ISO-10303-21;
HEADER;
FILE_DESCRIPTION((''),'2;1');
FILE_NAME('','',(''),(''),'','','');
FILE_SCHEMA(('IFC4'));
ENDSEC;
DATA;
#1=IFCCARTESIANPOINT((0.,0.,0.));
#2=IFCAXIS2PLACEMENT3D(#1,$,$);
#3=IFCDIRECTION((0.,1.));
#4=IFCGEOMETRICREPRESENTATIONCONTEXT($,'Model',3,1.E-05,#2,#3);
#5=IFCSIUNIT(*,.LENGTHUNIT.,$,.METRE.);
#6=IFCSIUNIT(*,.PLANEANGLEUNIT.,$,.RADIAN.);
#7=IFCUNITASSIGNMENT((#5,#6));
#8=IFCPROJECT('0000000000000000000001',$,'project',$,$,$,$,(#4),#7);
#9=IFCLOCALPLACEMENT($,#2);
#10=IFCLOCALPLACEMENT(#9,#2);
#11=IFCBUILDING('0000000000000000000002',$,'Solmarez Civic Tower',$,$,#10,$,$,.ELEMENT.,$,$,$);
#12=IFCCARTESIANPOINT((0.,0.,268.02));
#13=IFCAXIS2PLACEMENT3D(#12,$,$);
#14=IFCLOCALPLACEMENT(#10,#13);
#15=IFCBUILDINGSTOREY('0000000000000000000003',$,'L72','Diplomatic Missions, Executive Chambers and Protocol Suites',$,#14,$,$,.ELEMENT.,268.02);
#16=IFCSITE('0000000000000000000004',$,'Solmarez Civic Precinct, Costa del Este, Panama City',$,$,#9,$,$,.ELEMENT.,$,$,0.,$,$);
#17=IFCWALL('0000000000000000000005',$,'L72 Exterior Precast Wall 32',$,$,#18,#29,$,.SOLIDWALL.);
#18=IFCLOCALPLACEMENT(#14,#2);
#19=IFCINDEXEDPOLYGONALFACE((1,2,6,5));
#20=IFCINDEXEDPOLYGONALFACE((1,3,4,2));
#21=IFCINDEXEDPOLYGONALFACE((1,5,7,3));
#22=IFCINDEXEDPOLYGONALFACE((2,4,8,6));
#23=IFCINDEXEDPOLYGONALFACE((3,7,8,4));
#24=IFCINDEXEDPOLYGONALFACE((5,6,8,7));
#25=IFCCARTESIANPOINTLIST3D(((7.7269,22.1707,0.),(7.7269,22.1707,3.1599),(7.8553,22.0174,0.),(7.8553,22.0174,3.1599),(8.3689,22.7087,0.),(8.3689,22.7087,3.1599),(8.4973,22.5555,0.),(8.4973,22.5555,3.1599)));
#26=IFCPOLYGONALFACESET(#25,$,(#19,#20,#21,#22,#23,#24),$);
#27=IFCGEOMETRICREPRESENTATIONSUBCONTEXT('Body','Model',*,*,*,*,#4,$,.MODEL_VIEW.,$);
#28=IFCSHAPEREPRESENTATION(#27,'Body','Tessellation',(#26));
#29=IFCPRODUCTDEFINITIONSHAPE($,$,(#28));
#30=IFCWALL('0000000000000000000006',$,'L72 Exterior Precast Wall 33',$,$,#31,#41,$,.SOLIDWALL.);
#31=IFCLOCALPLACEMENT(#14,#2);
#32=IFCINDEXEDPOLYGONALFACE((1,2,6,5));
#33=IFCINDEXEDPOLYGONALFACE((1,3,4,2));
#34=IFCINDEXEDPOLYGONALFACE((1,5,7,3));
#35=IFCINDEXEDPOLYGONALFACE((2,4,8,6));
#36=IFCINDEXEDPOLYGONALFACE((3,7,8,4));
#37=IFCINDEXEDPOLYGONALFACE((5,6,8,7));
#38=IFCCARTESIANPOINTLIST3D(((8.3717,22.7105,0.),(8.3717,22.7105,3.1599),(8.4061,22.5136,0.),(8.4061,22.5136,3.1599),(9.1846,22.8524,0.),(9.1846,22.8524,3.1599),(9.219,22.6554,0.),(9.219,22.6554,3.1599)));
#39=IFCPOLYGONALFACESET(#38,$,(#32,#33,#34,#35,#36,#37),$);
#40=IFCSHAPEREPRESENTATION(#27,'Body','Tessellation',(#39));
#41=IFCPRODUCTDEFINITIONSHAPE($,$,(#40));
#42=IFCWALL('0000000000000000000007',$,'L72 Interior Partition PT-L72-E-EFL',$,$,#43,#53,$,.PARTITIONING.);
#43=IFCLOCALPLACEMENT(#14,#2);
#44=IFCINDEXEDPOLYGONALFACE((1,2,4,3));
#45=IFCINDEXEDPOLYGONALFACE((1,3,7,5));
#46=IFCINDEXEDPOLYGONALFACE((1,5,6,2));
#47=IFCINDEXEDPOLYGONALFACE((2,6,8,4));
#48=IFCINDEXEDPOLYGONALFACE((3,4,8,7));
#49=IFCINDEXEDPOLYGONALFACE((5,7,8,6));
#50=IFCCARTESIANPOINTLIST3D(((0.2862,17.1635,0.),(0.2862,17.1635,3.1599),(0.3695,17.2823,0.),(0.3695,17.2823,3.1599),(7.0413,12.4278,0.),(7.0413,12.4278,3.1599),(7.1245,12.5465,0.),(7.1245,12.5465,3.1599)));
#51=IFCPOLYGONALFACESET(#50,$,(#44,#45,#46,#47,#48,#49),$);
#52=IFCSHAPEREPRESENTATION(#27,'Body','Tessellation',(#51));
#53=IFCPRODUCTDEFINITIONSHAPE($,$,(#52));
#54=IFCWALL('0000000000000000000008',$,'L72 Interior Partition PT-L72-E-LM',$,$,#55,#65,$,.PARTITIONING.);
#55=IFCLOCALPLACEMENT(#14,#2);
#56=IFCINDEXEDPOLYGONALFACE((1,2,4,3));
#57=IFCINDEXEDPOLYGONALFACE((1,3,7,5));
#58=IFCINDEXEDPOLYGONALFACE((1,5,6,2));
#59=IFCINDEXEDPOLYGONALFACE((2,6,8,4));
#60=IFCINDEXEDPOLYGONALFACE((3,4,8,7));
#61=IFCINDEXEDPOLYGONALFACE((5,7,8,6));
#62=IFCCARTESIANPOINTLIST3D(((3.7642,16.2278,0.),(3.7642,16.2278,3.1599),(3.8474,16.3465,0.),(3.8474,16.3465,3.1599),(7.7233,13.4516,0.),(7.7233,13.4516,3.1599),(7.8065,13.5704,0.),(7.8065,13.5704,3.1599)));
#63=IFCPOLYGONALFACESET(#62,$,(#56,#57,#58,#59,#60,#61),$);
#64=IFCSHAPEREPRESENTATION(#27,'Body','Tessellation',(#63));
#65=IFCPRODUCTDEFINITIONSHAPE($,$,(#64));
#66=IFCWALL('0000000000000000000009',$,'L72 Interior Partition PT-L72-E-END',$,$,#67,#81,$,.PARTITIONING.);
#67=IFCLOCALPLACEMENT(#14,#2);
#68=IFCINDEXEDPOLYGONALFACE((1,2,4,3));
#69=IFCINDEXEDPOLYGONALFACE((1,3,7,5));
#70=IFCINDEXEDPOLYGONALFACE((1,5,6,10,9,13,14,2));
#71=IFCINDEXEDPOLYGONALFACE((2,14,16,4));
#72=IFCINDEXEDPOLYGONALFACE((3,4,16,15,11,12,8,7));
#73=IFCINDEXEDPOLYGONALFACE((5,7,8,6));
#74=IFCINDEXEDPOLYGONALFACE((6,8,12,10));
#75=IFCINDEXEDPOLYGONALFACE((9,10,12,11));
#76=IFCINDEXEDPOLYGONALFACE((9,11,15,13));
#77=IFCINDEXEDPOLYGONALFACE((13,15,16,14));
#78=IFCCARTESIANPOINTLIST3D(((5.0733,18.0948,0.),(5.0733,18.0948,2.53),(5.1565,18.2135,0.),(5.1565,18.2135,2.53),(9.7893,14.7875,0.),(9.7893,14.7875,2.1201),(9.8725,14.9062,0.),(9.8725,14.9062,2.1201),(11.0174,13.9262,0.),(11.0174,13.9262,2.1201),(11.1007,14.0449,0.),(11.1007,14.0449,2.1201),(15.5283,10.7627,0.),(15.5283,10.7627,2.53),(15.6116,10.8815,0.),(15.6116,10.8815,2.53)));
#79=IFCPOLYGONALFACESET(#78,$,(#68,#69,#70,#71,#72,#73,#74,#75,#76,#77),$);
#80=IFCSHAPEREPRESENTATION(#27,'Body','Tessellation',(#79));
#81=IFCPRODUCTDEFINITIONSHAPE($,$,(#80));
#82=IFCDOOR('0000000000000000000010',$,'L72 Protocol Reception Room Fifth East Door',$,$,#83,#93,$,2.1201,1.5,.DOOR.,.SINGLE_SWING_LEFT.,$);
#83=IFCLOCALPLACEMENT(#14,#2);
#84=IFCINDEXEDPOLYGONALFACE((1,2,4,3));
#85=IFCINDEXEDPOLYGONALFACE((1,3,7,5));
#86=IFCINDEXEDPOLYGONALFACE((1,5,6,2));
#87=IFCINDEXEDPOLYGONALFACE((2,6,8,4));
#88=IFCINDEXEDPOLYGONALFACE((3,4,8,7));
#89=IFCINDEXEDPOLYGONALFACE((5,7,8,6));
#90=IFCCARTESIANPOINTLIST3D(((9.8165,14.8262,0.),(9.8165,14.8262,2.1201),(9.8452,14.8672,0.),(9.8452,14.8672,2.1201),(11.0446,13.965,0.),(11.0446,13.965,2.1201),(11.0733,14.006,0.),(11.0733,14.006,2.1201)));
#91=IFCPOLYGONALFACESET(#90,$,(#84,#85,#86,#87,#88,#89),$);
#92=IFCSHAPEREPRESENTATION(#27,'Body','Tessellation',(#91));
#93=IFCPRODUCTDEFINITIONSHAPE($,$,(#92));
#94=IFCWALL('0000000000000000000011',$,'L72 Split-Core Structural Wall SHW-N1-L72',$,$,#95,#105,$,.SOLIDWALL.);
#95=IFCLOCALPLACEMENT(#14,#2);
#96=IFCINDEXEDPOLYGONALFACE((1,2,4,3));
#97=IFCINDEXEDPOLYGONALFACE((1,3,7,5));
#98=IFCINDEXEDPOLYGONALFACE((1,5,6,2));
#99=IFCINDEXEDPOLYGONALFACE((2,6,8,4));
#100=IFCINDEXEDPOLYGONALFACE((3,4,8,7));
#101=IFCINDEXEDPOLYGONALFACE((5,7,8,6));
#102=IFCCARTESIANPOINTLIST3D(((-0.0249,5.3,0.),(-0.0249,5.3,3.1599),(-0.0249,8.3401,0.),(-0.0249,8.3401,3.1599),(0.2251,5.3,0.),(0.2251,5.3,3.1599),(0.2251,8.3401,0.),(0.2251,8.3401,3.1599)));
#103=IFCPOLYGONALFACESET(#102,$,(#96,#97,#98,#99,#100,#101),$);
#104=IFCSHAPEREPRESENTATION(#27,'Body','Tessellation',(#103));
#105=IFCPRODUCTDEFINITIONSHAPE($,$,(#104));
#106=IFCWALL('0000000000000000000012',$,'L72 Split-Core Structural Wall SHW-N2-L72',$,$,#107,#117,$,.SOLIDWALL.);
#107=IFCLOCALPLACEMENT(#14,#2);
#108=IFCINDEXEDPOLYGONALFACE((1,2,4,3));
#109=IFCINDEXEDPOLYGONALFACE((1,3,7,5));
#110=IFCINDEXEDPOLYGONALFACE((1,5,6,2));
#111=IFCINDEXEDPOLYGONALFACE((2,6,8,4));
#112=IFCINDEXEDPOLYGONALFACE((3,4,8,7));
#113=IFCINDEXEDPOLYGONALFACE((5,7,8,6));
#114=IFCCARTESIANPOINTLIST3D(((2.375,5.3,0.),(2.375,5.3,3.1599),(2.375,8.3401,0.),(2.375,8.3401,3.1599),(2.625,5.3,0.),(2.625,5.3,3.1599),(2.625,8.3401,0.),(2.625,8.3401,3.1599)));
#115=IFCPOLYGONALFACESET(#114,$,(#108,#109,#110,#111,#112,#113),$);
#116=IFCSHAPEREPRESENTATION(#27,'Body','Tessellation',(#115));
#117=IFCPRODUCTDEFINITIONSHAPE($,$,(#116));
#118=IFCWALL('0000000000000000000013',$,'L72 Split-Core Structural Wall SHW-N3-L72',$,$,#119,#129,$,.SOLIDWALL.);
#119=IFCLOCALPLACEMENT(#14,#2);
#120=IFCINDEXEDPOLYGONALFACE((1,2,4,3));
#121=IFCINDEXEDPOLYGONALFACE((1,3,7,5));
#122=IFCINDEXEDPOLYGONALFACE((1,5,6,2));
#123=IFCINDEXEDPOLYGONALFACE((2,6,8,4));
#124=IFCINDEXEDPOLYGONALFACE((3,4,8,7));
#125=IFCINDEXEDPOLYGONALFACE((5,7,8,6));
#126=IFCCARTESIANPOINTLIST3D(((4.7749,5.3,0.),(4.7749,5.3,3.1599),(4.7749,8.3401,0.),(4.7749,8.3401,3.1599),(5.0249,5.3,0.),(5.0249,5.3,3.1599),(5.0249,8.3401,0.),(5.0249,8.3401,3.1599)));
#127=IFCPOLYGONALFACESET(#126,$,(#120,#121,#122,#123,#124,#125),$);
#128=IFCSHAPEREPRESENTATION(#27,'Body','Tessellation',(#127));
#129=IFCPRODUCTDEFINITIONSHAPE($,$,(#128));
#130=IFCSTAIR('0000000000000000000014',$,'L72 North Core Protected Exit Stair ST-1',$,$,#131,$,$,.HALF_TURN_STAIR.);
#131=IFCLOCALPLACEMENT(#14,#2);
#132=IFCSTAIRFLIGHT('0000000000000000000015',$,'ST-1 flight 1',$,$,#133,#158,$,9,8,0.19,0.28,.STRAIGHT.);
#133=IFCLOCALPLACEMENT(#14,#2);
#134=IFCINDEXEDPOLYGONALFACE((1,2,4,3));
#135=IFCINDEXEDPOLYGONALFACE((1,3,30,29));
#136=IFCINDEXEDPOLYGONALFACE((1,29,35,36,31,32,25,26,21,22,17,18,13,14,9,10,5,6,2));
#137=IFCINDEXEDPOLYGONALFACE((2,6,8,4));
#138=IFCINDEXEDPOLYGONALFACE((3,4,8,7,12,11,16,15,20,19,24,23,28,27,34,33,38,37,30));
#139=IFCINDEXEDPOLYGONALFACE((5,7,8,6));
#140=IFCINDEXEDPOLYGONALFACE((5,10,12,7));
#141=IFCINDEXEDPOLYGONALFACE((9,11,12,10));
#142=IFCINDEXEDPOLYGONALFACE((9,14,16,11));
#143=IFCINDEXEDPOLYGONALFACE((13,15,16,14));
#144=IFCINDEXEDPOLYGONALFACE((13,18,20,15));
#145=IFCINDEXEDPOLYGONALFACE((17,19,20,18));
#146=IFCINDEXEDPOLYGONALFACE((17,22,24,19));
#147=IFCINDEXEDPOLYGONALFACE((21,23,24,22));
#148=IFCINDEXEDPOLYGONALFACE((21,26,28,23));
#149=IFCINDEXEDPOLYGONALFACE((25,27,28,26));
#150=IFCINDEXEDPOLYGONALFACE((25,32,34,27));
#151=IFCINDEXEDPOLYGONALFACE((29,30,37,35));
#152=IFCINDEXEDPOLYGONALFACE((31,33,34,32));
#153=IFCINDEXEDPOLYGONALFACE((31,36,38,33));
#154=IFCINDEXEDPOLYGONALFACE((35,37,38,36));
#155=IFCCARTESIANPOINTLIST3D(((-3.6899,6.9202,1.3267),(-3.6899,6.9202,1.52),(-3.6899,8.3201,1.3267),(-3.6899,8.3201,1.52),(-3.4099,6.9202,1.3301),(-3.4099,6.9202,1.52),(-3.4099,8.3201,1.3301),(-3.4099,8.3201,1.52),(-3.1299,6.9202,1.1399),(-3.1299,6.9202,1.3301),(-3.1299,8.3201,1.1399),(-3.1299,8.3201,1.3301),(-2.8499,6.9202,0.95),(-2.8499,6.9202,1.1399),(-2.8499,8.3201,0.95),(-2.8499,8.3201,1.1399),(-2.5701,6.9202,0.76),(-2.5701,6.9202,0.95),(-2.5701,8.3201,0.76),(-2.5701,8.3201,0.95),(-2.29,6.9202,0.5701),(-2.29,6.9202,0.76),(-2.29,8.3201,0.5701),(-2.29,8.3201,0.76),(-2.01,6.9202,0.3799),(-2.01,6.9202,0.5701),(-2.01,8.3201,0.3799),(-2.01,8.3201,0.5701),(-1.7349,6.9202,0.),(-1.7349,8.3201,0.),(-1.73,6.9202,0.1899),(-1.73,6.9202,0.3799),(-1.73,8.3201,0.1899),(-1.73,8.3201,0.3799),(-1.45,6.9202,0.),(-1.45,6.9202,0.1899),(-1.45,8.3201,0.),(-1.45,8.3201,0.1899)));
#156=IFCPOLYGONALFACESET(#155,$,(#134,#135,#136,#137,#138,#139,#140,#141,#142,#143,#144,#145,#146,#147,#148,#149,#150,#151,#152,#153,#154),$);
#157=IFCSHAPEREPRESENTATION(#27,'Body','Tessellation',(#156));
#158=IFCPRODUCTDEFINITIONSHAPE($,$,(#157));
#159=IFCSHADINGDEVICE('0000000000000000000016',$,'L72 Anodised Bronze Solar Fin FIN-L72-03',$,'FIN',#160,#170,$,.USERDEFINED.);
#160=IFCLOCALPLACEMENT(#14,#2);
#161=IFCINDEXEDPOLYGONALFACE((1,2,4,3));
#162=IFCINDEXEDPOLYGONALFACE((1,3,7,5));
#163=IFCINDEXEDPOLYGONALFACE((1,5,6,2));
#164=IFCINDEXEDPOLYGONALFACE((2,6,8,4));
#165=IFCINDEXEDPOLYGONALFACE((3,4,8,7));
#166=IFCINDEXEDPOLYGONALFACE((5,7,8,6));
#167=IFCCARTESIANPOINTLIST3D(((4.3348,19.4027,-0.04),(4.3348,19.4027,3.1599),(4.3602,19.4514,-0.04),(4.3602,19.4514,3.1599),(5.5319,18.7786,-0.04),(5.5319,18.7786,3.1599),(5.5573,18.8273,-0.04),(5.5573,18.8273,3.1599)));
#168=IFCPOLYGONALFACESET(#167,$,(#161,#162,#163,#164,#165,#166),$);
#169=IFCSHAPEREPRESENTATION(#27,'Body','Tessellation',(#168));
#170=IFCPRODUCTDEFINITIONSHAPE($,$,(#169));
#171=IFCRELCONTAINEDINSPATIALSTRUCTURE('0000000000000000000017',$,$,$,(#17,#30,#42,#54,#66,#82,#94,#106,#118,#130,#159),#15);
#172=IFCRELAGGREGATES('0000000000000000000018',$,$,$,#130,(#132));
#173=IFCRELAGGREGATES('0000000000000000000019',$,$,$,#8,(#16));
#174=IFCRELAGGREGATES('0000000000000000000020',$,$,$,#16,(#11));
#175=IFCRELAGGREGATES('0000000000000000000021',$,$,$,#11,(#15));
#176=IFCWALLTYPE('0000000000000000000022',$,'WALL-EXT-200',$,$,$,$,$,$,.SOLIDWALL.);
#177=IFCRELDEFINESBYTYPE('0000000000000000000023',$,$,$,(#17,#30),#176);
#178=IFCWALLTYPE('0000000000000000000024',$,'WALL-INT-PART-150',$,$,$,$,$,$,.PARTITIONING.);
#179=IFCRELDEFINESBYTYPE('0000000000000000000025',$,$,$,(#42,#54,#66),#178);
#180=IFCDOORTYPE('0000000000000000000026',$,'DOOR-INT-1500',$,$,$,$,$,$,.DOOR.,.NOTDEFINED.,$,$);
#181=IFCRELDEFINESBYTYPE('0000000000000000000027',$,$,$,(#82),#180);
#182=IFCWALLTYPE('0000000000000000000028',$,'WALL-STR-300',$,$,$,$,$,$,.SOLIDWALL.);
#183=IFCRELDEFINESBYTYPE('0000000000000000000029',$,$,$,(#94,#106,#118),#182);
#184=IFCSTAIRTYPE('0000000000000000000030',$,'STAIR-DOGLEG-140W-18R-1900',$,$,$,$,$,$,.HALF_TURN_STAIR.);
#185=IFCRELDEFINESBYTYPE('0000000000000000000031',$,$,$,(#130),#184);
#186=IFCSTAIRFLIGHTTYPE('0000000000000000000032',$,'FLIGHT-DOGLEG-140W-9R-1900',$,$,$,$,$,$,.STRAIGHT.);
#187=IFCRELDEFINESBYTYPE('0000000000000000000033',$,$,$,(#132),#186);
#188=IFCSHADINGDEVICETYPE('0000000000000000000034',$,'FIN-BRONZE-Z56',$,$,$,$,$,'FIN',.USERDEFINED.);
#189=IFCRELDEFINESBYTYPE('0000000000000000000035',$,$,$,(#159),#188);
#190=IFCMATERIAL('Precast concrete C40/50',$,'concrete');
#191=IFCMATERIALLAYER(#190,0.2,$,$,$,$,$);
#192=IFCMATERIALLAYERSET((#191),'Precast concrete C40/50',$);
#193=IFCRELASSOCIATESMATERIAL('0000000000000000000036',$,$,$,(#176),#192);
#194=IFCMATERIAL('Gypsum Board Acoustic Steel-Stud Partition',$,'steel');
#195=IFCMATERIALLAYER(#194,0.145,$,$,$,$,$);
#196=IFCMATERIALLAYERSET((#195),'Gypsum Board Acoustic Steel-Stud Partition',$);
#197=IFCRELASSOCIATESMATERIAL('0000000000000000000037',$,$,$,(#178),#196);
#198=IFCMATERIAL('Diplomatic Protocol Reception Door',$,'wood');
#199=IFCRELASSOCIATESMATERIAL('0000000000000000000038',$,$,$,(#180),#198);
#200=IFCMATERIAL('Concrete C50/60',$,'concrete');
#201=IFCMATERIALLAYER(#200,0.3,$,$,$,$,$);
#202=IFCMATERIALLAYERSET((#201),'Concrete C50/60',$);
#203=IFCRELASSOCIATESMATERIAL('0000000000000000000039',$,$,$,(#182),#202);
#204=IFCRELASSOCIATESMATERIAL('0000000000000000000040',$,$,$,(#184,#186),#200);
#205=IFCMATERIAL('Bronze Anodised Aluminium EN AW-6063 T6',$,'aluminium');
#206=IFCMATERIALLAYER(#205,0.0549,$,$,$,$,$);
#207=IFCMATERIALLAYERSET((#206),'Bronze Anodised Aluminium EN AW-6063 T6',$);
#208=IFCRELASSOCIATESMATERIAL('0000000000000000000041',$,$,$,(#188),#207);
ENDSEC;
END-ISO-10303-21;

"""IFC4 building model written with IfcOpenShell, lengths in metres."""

from ifc_helpers import new_model, si_unit, direction, frame, frame_2d, origin, origin_2d, place, context, subcontext, project, spatial, polyline, rectangle, outline, extrude, material, layer, layer_set, type_object, element, fill, aggregate, save


model = new_model("IFC4")

# Units and contexts
model_context = context("Model", 3, precision=1e-05, world=origin(), true_north=direction((0.0, 1.0)))
body_context = subcontext(model_context, "Body", "Model", "MODEL_VIEW")
ifc_project = project(units=[si_unit("LENGTHUNIT", "METRE"), si_unit("PLANEANGLEUNIT", "RADIAN")], contexts=[model_context])

# Site, building, storey
site_placement = place(None, origin())
site = spatial("IfcSite", under=ifc_project, at=site_placement, Name="Solmarez Civic Precinct, Costa del Este, Panama City", CompositionType="ELEMENT", RefElevation=0.0)
building_placement = place(site_placement, origin())
building = spatial("IfcBuilding", under=site, at=building_placement, Name="Solmarez Civic Tower", CompositionType="ELEMENT")
storey_placement = place(building_placement, frame((0.0, 0.0, 268.02)))
storey = spatial("IfcBuildingStorey", under=building, at=storey_placement, Name="L72", Description="Diplomatic Missions, Executive Chambers and Protocol Suites", CompositionType="ELEMENT", Elevation=268.02)

# Shared definitions
ifc_material_1 = material(Name="Bronze Anodised Aluminium EN AW-6063 T6", Category="aluminium")

# Walls
ifc_material_2 = material(Name="Concrete C50/60", Category="concrete")
ifc_material_3 = material(Name="Precast concrete C40/50", Category="concrete")
ifc_layer_1 = layer(ifc_material_3, 0.2)
ifc_layer_set_1 = layer_set([ifc_layer_1], Name="Precast concrete C40/50")
wall_type_1 = type_object("IfcWallType", Name="WALL-EXT-200", PredefinedType="SOLIDWALL", material=ifc_layer_set_1)
wall_1_placement = place(storey_placement, frame((7.791, 22.094, 0.0), z_axis=(0.0, 0.0, 1.0), x_axis=(0.766451, 0.642303, 0.0)))
element("IfcWall", 1, at=wall_1_placement, inside=storey, type_object=wall_type_1, Name="L72 Exterior Precast Wall 32", PredefinedType="SOLIDWALL", context=body_context, shape_type="SweptSolid", body=[
    extrude(rectangle(XDim=0.8376, YDim=0.2, at=frame_2d((0.4189, 0.0))), origin(), (0.0, 0.0, 1.0), 3.1599),
])
wall_2_placement = place(storey_placement, frame((8.3889, 22.6121, 0.0), z_axis=(0.0, 0.0, 1.0), x_axis=(0.985118, 0.171878, 0.0)))
element("IfcWall", 2, at=wall_2_placement, inside=storey, type_object=wall_type_1, Name="L72 Exterior Precast Wall 33", PredefinedType="SOLIDWALL", context=body_context, shape_type="SweptSolid", body=[
    extrude(rectangle(XDim=0.8252, YDim=0.2, at=frame_2d((0.4126, 0.0))), origin(), (0.0, 0.0, 1.0), 3.1599),
])
ifc_material_4 = material(Name="Gypsum Board Acoustic Steel-Stud Partition", Category="steel")
ifc_layer_2 = layer(ifc_material_4, 0.145)
ifc_layer_set_2 = layer_set([ifc_layer_2], Name="Gypsum Board Acoustic Steel-Stud Partition")
wall_type_2 = type_object("IfcWallType", Name="WALL-INT-PART-150", PredefinedType="PARTITIONING", material=ifc_layer_set_2)
wall_3_placement = place(storey_placement, frame((7.083, 12.4871, 0.0), z_axis=(0.0, 0.0, 1.0), x_axis=(-0.818819, 0.574052, 0.0)))
element("IfcWall", 3, at=wall_3_placement, inside=storey, type_object=wall_type_2, Name="L72 Interior Partition PT-L72-E-EFL", PredefinedType="PARTITIONING", context=body_context, shape_type="SweptSolid", body=[
    extrude(rectangle(XDim=8.2498, YDim=0.145, at=frame_2d((4.125, 0.0))), origin(), (0.0, 0.0, 1.0), 3.1599),
])
wall_4_placement = place(storey_placement, frame((7.7649, 13.511, 0.0), z_axis=(0.0, 0.0, 1.0), x_axis=(-0.818762, 0.574133, 0.0)))
element("IfcWall", 4, at=wall_4_placement, inside=storey, type_object=wall_type_2, Name="L72 Interior Partition PT-L72-E-LM", PredefinedType="PARTITIONING", context=body_context, shape_type="SweptSolid", body=[
    extrude(rectangle(XDim=4.8354, YDim=0.145, at=frame_2d((2.4177, 0.0))), origin(), (0.0, 0.0, 1.0), 3.1599),
])

# Wall, opening, door
wall_5_placement = place(storey_placement, frame((5.115, 18.1541, 0.0), z_axis=(0.0, 0.0, 1.0), x_axis=(0.818736, -0.57417, 0.0)))
wall_5 = element("IfcWall", 5, at=wall_5_placement, inside=storey, type_object=wall_type_2, Name="L72 Interior Partition PT-L72-E-END", PredefinedType="PARTITIONING", context=body_context, shape_type="SweptSolid", body=[
    extrude(rectangle(XDim=12.7698, YDim=0.145, at=frame_2d((6.3848, 0.0))), origin(), (0.0, 0.0, 1.0), 2.53),
])
opening_1_placement = place(wall_5_placement, frame((5.76, 0.0, 0.0)))
opening_1 = element("IfcOpeningElement", 6, at=opening_1_placement, cuts=wall_5, PredefinedType="OPENING", context=body_context, shape_type="SweptSolid", body=[
    extrude(rectangle(XDim=1.5, YDim=2.1201, at=frame_2d((0.75, 1.0601))), frame((0.0, 0.0825, 0.0), z_axis=(0.0, -1.0, 0.0), x_axis=(1.0, 0.0, 0.0)), (0.0, 0.0, 1.0), 0.165),
])
ifc_material_5 = material(Name="Diplomatic Protocol Reception Door", Category="wood")
door_type_1 = type_object("IfcDoorType", Name="DOOR-INT-1500", OperationType="NOTDEFINED", PredefinedType="DOOR", material=ifc_material_5)
door_1_placement = place(opening_1_placement, origin())
door_1 = element("IfcDoor", 7, at=door_1_placement, inside=storey, type_object=door_type_1, Name="L72 Protocol Reception Room Fifth East Door", OperationType="SINGLE_SWING_LEFT", OverallHeight=2.1201, OverallWidth=1.5, PredefinedType="DOOR", context=body_context, shape_type="SweptSolid", body=[
    extrude(rectangle(XDim=1.5, YDim=2.1201, at=frame_2d((0.75, 1.0601))), frame((0.0, 0.0249, 0.0), z_axis=(0.0, -1.0, 0.0), x_axis=(1.0, 0.0, 0.0)), (0.0, 0.0, 1.0), 0.05),
])
fill(opening_1, door_1)

# Shared definitions
ifc_layer_3 = layer(ifc_material_2, 0.3)
ifc_layer_set_3 = layer_set([ifc_layer_3], Name="Concrete C50/60")
wall_type_3 = type_object("IfcWallType", Name="WALL-STR-300", PredefinedType="SOLIDWALL", material=ifc_layer_set_3)

# Walls
for number, where, z_axis, x_axis, name in (
    (8, (0.1001, 5.3, 0.0), (0.0, 0.0, 1.0), (0.0, 1.0, 0.0), "L72 Split-Core Structural Wall SHW-N1-L72"),
    (9, (2.5, 5.3, 0.0), (0.0, 0.0, 1.0), (0.0, 1.0, 0.0), "L72 Split-Core Structural Wall SHW-N2-L72"),
    (10, (4.8999, 5.3, 0.0), (0.0, 0.0, 1.0), (0.0, 1.0, 0.0), "L72 Split-Core Structural Wall SHW-N3-L72"),
):
    element("IfcWall", number, at=place(storey_placement, frame(where, z_axis=z_axis, x_axis=x_axis)), inside=storey, type_object=wall_type_3, Name=name, PredefinedType="SOLIDWALL", context=body_context, shape_type="SweptSolid", body=[
        extrude(rectangle(XDim=3.04, YDim=0.25, at=frame_2d((1.52, 0.0))), origin(), (0.0, 0.0, 1.0), 3.1599),
    ])

# Stair, stair flight
stair_type = type_object("IfcStairType", Name="STAIR-DOGLEG-140W-18R-1900", PredefinedType="HALF_TURN_STAIR", material=ifc_material_2)
stair_placement = place(storey_placement, origin())
stair = element("IfcStair", 11, at=stair_placement, inside=storey, type_object=stair_type, Name="L72 North Core Protected Exit Stair ST-1", PredefinedType="HALF_TURN_STAIR")
stair_flight_type = type_object("IfcStairFlightType", Name="FLIGHT-DOGLEG-140W-9R-1900", PredefinedType="STRAIGHT", material=ifc_material_2)
stair_flight_placement = place(storey_placement, frame((-1.45, 7.6201, 0.0), z_axis=(0.0, 0.0, 1.0), x_axis=(-1.0, 0.0, 0.0)))
stair_flight = element("IfcStairFlight", 12, at=stair_flight_placement, type_object=stair_flight_type, Name="ST-1 flight 1", NumberOfRisers=9, NumberOfTreads=8, PredefinedType="STRAIGHT", RiserHeight=0.19, TreadLength=0.28, context=body_context, shape_type="SweptSolid", body=[
    extrude(outline(polyline([(0.0, 0.0), (0.0, 0.1899), (0.28, 0.1899), (0.28, 0.3799), (0.5601, 0.3799), (0.5601, 0.5701), (0.8401, 0.5701), (0.8401, 0.76), (1.1201, 0.76), (1.1201, 0.95), (1.3999, 0.95), (1.3999, 1.1399), (1.6799, 1.1399), (1.6799, 1.3301), (1.96, 1.3301), (1.96, 1.52), (2.24, 1.52), (2.24, 1.71), (2.24, 1.3267), (0.2849, 0.0), (0.0, 0.0)])), frame((0.0, 0.7, 0.0), z_axis=(0.0, -1.0, 0.0), x_axis=(1.0, 0.0, 0.0)), (0.0, 0.0, 1.0), 1.3999),
])
aggregate(stair, [stair_flight])

# Shading device
ifc_layer_4 = layer(ifc_material_1, 0.0549)
ifc_layer_set_4 = layer_set([ifc_layer_4], Name="Bronze Anodised Aluminium EN AW-6063 T6")
shading_device_type = type_object("IfcShadingDeviceType", Name="FIN-BRONZE-Z56", ElementType="FIN", PredefinedType="USERDEFINED", material=ifc_layer_set_4)
shading_device_placement = place(storey_placement, frame((4.946, 19.115, -0.04), z_axis=(0.0, 0.0, 1.0), x_axis=(-0.886737, 0.462275, 0.0)))
element("IfcShadingDevice", 13, at=shading_device_placement, inside=storey, type_object=shading_device_type, Name="L72 Anodised Bronze Solar Fin FIN-L72-03", ObjectType="FIN", PredefinedType="USERDEFINED", context=body_context, shape_type="SweptSolid", body=[
    extrude(rectangle(XDim=1.3501, YDim=0.0549, at=origin_2d()), origin(), (0.0, 0.0, 1.0), 3.2),
])

save(model, "model.ifc")
